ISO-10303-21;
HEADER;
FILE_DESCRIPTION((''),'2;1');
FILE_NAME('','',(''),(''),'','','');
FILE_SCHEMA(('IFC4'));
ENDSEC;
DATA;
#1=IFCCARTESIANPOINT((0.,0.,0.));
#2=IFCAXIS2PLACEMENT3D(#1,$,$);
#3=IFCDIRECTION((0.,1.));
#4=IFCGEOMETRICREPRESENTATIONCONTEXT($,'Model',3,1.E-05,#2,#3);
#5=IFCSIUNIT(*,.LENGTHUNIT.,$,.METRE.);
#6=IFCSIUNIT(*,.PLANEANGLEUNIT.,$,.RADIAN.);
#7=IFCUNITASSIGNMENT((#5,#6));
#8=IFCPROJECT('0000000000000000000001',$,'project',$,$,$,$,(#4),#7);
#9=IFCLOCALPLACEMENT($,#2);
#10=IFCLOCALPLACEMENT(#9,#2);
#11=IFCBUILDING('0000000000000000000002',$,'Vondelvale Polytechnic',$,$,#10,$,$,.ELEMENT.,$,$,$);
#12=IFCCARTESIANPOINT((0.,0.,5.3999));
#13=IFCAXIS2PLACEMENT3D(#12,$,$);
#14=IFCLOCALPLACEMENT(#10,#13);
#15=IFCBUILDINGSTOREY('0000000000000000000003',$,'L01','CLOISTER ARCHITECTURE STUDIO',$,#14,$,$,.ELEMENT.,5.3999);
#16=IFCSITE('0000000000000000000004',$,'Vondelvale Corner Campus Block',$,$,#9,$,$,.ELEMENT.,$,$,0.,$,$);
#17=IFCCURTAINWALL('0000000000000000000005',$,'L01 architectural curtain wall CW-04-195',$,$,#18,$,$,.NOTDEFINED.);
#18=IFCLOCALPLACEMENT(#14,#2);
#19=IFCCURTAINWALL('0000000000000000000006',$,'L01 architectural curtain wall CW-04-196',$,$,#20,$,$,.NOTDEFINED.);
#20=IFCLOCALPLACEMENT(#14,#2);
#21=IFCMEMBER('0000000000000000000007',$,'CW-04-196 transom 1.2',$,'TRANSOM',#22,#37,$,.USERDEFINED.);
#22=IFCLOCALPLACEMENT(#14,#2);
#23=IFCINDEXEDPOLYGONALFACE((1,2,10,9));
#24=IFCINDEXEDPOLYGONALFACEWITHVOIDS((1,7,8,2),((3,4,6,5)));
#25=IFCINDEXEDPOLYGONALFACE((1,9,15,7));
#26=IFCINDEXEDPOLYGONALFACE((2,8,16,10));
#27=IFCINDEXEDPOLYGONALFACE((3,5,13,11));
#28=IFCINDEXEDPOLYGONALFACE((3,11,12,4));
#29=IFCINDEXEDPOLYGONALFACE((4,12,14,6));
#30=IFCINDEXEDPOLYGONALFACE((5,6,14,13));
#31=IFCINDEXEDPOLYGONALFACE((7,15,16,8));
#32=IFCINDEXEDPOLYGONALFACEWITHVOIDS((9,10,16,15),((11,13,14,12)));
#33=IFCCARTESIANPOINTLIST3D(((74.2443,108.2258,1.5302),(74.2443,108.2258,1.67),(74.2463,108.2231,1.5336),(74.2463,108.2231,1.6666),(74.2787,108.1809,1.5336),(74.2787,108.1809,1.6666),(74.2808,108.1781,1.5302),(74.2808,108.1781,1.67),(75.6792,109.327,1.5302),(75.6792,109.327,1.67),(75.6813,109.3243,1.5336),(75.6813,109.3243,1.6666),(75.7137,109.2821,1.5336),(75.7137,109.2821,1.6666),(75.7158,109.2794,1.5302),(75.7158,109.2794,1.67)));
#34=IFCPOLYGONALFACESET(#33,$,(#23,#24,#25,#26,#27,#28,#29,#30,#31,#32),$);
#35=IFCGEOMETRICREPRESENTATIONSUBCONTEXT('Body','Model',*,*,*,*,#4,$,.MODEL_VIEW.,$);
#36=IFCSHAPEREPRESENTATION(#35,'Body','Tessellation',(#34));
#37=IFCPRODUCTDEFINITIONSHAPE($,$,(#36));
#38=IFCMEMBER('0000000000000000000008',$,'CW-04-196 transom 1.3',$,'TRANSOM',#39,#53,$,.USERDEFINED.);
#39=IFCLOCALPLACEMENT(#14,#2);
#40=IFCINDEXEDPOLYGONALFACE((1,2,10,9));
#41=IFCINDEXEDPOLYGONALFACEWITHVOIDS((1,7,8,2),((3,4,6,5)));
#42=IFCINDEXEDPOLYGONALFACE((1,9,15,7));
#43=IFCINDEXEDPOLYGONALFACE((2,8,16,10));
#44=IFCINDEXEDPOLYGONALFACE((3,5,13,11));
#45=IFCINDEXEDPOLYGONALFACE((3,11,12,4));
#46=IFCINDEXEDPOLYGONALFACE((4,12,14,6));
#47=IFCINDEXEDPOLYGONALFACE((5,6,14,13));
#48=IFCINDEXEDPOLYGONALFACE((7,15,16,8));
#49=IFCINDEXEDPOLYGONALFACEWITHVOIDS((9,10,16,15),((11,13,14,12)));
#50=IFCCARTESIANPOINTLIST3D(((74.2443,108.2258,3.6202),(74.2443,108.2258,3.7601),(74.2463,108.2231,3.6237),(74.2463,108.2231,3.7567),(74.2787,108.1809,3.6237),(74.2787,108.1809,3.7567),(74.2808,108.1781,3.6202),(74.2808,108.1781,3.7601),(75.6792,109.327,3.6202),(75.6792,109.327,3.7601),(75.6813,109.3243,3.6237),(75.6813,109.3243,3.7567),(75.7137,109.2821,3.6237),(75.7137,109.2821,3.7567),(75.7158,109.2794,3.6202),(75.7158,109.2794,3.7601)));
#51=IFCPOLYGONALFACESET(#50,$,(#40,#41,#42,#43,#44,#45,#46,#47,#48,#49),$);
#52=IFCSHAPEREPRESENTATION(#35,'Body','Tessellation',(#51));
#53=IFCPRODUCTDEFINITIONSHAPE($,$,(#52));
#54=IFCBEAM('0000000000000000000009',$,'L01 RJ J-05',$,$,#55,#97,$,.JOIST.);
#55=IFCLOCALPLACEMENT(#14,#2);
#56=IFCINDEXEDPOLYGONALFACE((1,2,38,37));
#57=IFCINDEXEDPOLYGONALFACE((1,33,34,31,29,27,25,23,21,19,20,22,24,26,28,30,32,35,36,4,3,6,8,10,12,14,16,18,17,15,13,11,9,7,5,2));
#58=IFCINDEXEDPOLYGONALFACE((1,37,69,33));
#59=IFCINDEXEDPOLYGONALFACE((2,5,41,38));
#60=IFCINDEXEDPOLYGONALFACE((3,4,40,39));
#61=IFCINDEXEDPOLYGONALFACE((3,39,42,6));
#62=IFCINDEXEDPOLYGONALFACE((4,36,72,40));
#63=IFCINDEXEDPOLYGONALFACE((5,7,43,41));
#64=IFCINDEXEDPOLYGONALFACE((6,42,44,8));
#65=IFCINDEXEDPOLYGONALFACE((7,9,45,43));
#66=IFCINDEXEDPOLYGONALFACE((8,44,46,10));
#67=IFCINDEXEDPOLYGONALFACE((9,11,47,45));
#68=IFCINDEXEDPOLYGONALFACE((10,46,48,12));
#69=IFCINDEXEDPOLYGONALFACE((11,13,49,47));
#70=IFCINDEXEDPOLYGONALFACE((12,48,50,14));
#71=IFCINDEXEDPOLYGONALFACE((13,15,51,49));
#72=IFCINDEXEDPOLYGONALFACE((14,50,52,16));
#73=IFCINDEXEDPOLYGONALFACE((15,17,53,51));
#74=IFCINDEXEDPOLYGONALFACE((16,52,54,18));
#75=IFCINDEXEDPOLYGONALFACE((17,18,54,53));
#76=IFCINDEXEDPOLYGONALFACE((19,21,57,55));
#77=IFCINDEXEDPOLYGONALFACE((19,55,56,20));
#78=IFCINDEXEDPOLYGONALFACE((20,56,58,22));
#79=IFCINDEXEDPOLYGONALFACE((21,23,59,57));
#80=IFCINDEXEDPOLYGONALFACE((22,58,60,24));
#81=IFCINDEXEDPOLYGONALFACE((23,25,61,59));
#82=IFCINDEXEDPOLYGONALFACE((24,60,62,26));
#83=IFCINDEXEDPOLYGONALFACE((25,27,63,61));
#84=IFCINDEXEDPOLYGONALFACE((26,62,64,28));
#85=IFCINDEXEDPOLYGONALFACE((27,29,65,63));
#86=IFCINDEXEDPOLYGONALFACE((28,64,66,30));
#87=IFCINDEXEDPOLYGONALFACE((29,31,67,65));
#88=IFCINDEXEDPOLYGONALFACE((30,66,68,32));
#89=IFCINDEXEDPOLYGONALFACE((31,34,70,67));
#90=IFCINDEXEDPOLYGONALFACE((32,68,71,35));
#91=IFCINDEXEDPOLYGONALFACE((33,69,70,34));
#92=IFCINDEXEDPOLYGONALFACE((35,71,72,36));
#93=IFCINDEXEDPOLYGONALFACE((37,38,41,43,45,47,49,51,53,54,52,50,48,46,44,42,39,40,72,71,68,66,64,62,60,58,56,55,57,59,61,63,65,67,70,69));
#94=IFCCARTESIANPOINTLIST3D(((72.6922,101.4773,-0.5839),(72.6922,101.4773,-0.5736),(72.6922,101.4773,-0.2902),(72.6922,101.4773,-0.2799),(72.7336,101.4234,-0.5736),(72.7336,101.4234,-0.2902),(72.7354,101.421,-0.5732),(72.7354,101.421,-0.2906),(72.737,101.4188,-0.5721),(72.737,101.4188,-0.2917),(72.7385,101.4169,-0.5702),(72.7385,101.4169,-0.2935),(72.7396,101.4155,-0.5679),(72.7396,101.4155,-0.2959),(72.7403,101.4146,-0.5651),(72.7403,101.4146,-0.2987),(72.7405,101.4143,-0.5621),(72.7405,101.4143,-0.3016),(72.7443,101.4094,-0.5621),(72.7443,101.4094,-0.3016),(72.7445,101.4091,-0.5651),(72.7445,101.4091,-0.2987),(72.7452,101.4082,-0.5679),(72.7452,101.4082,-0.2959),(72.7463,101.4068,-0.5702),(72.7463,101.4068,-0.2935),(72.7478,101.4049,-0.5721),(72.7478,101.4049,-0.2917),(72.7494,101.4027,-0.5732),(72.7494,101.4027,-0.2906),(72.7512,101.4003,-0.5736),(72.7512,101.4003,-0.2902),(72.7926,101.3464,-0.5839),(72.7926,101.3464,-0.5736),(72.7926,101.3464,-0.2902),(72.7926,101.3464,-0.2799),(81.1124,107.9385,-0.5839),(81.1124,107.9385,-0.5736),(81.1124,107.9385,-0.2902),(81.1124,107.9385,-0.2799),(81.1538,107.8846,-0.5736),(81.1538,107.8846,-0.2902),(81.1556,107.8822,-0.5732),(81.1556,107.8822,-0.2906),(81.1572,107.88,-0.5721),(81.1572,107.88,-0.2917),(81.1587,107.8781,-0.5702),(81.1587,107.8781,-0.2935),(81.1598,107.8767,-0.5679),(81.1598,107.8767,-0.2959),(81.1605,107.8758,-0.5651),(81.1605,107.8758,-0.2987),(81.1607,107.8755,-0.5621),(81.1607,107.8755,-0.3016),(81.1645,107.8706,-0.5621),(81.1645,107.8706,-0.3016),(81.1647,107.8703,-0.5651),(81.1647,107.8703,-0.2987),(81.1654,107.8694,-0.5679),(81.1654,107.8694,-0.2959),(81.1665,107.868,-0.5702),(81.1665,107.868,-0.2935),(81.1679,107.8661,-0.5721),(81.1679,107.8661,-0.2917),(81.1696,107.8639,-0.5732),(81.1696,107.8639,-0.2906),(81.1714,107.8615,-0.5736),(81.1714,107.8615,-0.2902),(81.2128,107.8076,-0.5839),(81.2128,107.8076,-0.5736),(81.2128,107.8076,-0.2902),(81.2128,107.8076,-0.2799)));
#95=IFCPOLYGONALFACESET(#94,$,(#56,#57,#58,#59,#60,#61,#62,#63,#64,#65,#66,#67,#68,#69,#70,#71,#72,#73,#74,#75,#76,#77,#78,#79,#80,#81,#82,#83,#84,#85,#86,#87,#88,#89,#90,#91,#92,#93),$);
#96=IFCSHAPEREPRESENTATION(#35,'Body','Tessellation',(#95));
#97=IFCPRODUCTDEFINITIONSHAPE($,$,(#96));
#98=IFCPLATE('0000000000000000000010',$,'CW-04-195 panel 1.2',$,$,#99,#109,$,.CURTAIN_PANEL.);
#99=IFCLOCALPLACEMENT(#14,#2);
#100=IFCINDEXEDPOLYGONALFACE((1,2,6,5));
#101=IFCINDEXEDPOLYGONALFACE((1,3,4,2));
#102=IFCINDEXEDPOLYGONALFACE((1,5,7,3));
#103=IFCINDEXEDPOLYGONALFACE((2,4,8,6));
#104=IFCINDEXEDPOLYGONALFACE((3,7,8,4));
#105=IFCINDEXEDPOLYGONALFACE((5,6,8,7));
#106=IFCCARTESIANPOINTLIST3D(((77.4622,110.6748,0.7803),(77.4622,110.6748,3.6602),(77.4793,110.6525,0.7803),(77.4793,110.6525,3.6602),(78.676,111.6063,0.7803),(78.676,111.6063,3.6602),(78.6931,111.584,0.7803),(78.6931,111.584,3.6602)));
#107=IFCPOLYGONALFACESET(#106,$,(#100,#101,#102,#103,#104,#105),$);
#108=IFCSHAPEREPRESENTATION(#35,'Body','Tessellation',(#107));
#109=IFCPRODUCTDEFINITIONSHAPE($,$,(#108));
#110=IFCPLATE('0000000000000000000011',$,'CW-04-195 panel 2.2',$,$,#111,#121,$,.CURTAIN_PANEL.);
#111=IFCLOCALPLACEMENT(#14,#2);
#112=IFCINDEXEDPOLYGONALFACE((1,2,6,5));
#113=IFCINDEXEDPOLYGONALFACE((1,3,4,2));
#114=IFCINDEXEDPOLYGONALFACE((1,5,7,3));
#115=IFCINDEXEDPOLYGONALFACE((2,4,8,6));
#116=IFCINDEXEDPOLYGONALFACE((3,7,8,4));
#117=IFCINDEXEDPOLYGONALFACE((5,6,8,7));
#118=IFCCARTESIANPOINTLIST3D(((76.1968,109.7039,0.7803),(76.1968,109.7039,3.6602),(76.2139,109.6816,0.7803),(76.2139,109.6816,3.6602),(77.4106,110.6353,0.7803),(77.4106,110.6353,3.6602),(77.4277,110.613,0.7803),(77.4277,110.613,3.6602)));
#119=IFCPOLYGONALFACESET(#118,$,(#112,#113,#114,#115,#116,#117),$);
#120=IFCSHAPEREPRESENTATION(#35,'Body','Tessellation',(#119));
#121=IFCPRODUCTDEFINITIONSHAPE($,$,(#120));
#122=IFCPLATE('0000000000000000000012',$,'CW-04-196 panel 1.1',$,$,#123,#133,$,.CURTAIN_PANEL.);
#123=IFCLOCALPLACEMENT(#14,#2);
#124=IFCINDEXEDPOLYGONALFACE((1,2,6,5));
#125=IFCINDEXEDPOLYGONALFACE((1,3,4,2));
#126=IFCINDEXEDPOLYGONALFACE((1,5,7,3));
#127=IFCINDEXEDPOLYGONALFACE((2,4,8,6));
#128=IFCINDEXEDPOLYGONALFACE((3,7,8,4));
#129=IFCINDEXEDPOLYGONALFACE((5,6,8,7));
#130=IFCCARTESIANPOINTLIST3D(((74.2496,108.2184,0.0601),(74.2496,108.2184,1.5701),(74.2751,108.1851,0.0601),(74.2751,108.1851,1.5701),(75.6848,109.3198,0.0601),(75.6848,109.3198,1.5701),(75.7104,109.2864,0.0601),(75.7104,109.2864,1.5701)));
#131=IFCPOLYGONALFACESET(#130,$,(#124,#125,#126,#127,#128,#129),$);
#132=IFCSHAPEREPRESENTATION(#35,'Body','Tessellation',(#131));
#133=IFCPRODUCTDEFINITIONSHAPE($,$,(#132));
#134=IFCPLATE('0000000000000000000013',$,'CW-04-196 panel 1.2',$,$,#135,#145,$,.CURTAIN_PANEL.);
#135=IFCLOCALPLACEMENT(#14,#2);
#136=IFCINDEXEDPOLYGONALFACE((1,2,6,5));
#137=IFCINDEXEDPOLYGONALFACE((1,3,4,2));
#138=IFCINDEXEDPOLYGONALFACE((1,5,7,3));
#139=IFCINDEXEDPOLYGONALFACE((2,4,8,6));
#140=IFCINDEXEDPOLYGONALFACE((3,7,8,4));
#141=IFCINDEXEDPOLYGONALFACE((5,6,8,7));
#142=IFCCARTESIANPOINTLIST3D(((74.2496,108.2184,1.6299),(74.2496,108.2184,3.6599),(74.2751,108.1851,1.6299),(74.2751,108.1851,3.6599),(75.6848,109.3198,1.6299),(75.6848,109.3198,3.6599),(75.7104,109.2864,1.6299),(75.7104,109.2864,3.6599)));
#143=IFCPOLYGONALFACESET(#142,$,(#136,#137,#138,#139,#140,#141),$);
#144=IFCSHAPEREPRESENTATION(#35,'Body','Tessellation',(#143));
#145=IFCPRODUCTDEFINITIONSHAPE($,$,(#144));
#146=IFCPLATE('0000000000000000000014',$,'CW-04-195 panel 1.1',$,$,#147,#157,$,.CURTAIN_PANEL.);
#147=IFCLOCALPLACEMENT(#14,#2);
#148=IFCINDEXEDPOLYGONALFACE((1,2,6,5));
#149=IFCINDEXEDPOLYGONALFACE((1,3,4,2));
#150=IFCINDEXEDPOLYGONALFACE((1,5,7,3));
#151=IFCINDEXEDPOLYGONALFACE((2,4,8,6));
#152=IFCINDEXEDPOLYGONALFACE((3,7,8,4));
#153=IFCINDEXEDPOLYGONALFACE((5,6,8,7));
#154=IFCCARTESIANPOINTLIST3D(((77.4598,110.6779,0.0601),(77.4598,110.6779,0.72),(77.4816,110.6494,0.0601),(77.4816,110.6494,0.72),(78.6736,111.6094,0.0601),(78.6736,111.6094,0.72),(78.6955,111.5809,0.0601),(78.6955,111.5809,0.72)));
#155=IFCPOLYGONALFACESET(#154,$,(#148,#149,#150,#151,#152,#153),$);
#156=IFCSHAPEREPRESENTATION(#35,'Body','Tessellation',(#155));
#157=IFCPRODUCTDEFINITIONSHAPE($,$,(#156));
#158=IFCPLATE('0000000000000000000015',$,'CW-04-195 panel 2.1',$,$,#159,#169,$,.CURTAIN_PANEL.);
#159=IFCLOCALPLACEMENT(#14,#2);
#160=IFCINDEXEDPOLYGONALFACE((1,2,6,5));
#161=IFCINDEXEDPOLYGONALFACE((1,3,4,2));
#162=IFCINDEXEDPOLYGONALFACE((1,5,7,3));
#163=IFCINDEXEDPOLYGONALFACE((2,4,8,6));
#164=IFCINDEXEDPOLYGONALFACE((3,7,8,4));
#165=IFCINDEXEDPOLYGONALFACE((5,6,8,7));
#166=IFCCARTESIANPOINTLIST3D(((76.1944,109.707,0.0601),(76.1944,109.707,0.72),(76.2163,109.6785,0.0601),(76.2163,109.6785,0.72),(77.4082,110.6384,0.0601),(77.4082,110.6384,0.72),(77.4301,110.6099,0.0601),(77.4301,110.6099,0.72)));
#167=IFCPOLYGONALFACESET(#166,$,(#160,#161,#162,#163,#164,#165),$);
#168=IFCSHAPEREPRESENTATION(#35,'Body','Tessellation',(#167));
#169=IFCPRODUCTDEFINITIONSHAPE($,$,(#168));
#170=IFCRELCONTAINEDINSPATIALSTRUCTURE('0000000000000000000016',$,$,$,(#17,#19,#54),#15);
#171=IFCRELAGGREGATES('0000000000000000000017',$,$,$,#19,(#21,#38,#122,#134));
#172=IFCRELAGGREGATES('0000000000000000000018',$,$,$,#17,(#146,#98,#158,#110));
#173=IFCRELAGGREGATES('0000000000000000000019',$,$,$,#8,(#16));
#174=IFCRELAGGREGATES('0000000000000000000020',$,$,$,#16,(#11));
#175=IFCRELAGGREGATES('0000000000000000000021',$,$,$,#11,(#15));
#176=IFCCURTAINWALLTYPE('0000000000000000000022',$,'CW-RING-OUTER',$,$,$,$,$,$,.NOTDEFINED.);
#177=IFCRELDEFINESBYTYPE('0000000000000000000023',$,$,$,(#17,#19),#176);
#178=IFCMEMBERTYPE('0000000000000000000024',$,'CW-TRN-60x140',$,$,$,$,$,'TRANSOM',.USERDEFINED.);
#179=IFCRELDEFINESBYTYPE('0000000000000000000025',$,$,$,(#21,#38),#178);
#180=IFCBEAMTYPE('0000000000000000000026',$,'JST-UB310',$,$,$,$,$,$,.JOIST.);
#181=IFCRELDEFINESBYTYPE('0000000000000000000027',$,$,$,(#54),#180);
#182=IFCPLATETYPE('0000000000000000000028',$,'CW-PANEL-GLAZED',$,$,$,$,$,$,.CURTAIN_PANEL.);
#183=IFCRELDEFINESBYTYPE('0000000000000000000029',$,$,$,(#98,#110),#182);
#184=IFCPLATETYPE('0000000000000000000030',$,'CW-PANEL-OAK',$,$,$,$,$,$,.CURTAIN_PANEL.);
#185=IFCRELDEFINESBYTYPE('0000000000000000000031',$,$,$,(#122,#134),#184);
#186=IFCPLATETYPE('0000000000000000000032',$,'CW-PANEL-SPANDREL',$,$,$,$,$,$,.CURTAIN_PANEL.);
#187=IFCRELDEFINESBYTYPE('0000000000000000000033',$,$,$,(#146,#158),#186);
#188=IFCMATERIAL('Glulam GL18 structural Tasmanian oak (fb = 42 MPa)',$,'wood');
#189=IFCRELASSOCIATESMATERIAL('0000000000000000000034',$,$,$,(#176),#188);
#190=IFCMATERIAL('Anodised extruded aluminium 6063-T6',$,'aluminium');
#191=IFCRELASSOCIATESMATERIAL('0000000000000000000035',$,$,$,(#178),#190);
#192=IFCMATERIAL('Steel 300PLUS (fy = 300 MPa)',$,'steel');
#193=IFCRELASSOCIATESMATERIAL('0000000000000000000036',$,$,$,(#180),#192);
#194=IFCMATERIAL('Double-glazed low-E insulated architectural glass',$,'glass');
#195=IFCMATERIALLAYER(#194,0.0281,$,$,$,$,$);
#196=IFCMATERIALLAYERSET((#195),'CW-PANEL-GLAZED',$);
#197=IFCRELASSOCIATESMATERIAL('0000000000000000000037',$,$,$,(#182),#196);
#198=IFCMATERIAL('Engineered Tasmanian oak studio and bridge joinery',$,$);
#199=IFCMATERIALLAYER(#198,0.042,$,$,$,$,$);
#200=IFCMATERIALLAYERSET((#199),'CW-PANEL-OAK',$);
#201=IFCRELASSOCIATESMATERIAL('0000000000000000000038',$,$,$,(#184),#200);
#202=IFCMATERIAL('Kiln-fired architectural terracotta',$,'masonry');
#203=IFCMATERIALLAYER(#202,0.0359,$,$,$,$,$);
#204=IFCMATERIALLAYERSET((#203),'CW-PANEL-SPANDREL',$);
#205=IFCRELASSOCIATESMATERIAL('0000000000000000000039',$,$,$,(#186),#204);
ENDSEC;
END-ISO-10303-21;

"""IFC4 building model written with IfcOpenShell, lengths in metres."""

from ifc_helpers import new_model, si_unit, direction, frame, origin, origin_2d, place, context, subcontext, project, spatial, rectangle, hollow_rectangle, i_section, extrude, material, layer, layer_set, material_profile, profile_set, type_object, element, aggregate, save


model = new_model("IFC4")

# Units and contexts
model_context = context("Model", 3, precision=1e-05, world=origin(), true_north=direction((0.0, 1.0)))
body_context = subcontext(model_context, "Body", "Model", "MODEL_VIEW")
ifc_project = project(units=[si_unit("LENGTHUNIT", "METRE"), si_unit("PLANEANGLEUNIT", "RADIAN")], contexts=[model_context])

# Site, building, storey
site_placement = place(None, origin())
site = spatial("IfcSite", under=ifc_project, at=site_placement, Name="Vondelvale Corner Campus Block", CompositionType="ELEMENT", RefElevation=0.0)
building_placement = place(site_placement, origin())
building = spatial("IfcBuilding", under=site, at=building_placement, Name="Vondelvale Polytechnic", CompositionType="ELEMENT")
storey_placement = place(building_placement, frame((0.0, 0.0, 5.3999)))
storey = spatial("IfcBuildingStorey", under=building, at=storey_placement, Name="L01", Description="CLOISTER ARCHITECTURE STUDIO", CompositionType="ELEMENT", Elevation=5.3999)

# Shared definitions
ifc_material_1 = material(Name="Glulam GL18 structural Tasmanian oak (fb = 42 MPa)", Category="wood")
ifc_material_2 = material(Name="Steel 300PLUS (fy = 300 MPa)", Category="steel")

# Curtain wall
curtain_wall_type = type_object("IfcCurtainWallType", Name="CW-RING-OUTER", PredefinedType="NOTDEFINED", material=ifc_material_1)
curtain_wall_1_placement = place(storey_placement, origin())
curtain_wall_1 = element("IfcCurtainWall", 1, at=curtain_wall_1_placement, inside=storey, type_object=curtain_wall_type, Name="L01 architectural curtain wall CW-04-195", PredefinedType="NOTDEFINED")
ifc_material_3 = material(Name="Anodised extruded aluminium 6063-T6", Category="aluminium")

# Curtain wall
curtain_wall_2_placement = place(storey_placement, origin())
curtain_wall_2 = element("IfcCurtainWall", 2, at=curtain_wall_2_placement, inside=storey, type_object=curtain_wall_type, Name="L01 architectural curtain wall CW-04-196", PredefinedType="NOTDEFINED")

# Members
ifc_material_profile_1 = material_profile(ifc_material_3, hollow_rectangle(XDim=0.0601, YDim=0.1399, WallThickness=0.0034, at=origin_2d()), Name="CW-TRN-140x60")
ifc_profile_set_1 = profile_set([ifc_material_profile_1], Name="Anodised extruded aluminium 6063-T6")
member_type_1 = type_object("IfcMemberType", Name="CW-TRN-60x140", ElementType="TRANSOM", PredefinedType="USERDEFINED", material=ifc_profile_set_1)
member_1_placement = place(storey_placement, frame((75.6975, 109.3032, 1.6001), z_axis=(-0.793311, -0.608817, 0.0), x_axis=(0.608817, -0.793311, 0.0)))
member_1 = element("IfcMember", 3, at=member_1_placement, type_object=member_type_1, Name="CW-04-196 transom 1.2", ObjectType="TRANSOM", PredefinedType="USERDEFINED", context=body_context, shape_type="SweptSolid", body=[
    extrude(hollow_rectangle(XDim=0.0601, YDim=0.1399, WallThickness=0.0034, at=origin_2d()), origin(), (0.0, 0.0, 1.0), 1.8088),
])
member_2_placement = place(storey_placement, frame((75.6975, 109.3032, 3.6902), z_axis=(-0.793311, -0.608817, 0.0), x_axis=(0.608817, -0.793311, 0.0)))
member_2 = element("IfcMember", 4, at=member_2_placement, type_object=member_type_1, Name="CW-04-196 transom 1.3", ObjectType="TRANSOM", PredefinedType="USERDEFINED", context=body_context, shape_type="SweptSolid", body=[
    extrude(hollow_rectangle(XDim=0.0601, YDim=0.1399, WallThickness=0.0034, at=origin_2d()), origin(), (0.0, 0.0, 1.0), 1.8088),
])

# Beam
ifc_material_profile_2 = material_profile(ifc_material_2, i_section(OverallWidth=0.165, OverallDepth=0.304, WebThickness=0.0061, FlangeThickness=0.0103, FilletRadius=0.0115, at=origin_2d()), Name="310UB40.4")
ifc_profile_set_2 = profile_set([ifc_material_profile_2], Name="Steel 300PLUS (fy = 300 MPa)")
beam_type_1 = type_object("IfcBeamType", Name="JST-UB310", PredefinedType="JOIST", material=ifc_profile_set_2)
beam_1_placement = place(storey_placement, frame((81.1626, 107.873, -0.4319), z_axis=(-0.793346, -0.608771, 0.0), x_axis=(0.608771, -0.793346, 0.0)))
element("IfcBeam", 5, at=beam_1_placement, inside=storey, type_object=beam_type_1, Name="L01 RJ J-05", PredefinedType="JOIST", context=body_context, shape_type="SweptSolid", body=[
    extrude(i_section(OverallWidth=0.165, OverallDepth=0.304, WebThickness=0.0061, FlangeThickness=0.0103, FilletRadius=0.0115, at=origin_2d()), origin(), (0.0, 0.0, 1.0), 10.6135),
])

# Plates
ifc_material_4 = material(Name="Double-glazed low-E insulated architectural glass", Category="glass")
ifc_layer_1 = layer(ifc_material_4, 0.0281)
ifc_layer_set_1 = layer_set([ifc_layer_1], Name="CW-PANEL-GLAZED")
plate_type_1 = type_object("IfcPlateType", Name="CW-PANEL-GLAZED", PredefinedType="CURTAIN_PANEL", material=ifc_layer_set_1)
plate_1_placement = place(storey_placement, frame((78.0776, 111.1294, 0.7803), z_axis=(0.0, 0.0, 1.0), x_axis=(-0.793334, -0.608787, 0.0)))
plate_1 = element("IfcPlate", 6, at=plate_1_placement, type_object=plate_type_1, Name="CW-04-195 panel 1.2", PredefinedType="CURTAIN_PANEL", context=body_context, shape_type="SweptSolid", body=[
    extrude(rectangle(XDim=1.53, YDim=0.0281, at=origin_2d()), origin(), (0.0, 0.0, 1.0), 2.8799),
])
plate_2_placement = place(storey_placement, frame((76.8123, 110.1584, 0.7803), z_axis=(0.0, 0.0, 1.0), x_axis=(-0.793334, -0.608787, 0.0)))
plate_2 = element("IfcPlate", 7, at=plate_2_placement, type_object=plate_type_1, Name="CW-04-195 panel 2.2", PredefinedType="CURTAIN_PANEL", context=body_context, shape_type="SweptSolid", body=[
    extrude(rectangle(XDim=1.53, YDim=0.0281, at=origin_2d()), origin(), (0.0, 0.0, 1.0), 2.8799),
])
ifc_material_5 = material(Name="Engineered Tasmanian oak studio and bridge joinery")
ifc_layer_2 = layer(ifc_material_5, 0.042)
ifc_layer_set_2 = layer_set([ifc_layer_2], Name="CW-PANEL-OAK")
plate_type_2 = type_object("IfcPlateType", Name="CW-PANEL-OAK", PredefinedType="CURTAIN_PANEL", material=ifc_layer_set_2)
plate_3_placement = place(storey_placement, frame((74.98, 108.7524, 0.0601), z_axis=(0.0, 0.0, 1.0), x_axis=(-0.793346, -0.608771, 0.0)))
plate_3 = element("IfcPlate", 8, at=plate_3_placement, type_object=plate_type_2, Name="CW-04-196 panel 1.1", PredefinedType="CURTAIN_PANEL", context=body_context, shape_type="SweptSolid", body=[
    extrude(rectangle(XDim=1.8091, YDim=0.042, at=origin_2d()), origin(), (0.0, 0.0, 1.0), 1.51),
])
plate_4_placement = place(storey_placement, frame((74.98, 108.7524, 1.6299), z_axis=(0.0, 0.0, 1.0), x_axis=(-0.793346, -0.608771, 0.0)))
plate_4 = element("IfcPlate", 9, at=plate_4_placement, type_object=plate_type_2, Name="CW-04-196 panel 1.2", PredefinedType="CURTAIN_PANEL", context=body_context, shape_type="SweptSolid", body=[
    extrude(rectangle(XDim=1.8091, YDim=0.042, at=origin_2d()), origin(), (0.0, 0.0, 1.0), 2.03),
])
aggregate(curtain_wall_2, [member_1, member_2, plate_3, plate_4])
ifc_material_6 = material(Name="Kiln-fired architectural terracotta", Category="masonry")
ifc_layer_3 = layer(ifc_material_6, 0.0359)
ifc_layer_set_3 = layer_set([ifc_layer_3], Name="CW-PANEL-SPANDREL")
plate_type_3 = type_object("IfcPlateType", Name="CW-PANEL-SPANDREL", PredefinedType="CURTAIN_PANEL", material=ifc_layer_set_3)
plate_5_placement = place(storey_placement, frame((78.0776, 111.1294, 0.0601), z_axis=(0.0, 0.0, 1.0), x_axis=(-0.793334, -0.608787, 0.0)))
plate_5 = element("IfcPlate", 10, at=plate_5_placement, type_object=plate_type_3, Name="CW-04-195 panel 1.1", PredefinedType="CURTAIN_PANEL", context=body_context, shape_type="SweptSolid", body=[
    extrude(rectangle(XDim=1.53, YDim=0.0359, at=origin_2d()), origin(), (0.0, 0.0, 1.0), 0.6599),
])
plate_6_placement = place(storey_placement, frame((76.8123, 110.1584, 0.0601), z_axis=(0.0, 0.0, 1.0), x_axis=(-0.793334, -0.608787, 0.0)))
plate_6 = element("IfcPlate", 11, at=plate_6_placement, type_object=plate_type_3, Name="CW-04-195 panel 2.1", PredefinedType="CURTAIN_PANEL", context=body_context, shape_type="SweptSolid", body=[
    extrude(rectangle(XDim=1.53, YDim=0.0359, at=origin_2d()), origin(), (0.0, 0.0, 1.0), 0.6599),
])
aggregate(curtain_wall_1, [plate_5, plate_1, plate_6, plate_2])

save(model, "model.ifc")
